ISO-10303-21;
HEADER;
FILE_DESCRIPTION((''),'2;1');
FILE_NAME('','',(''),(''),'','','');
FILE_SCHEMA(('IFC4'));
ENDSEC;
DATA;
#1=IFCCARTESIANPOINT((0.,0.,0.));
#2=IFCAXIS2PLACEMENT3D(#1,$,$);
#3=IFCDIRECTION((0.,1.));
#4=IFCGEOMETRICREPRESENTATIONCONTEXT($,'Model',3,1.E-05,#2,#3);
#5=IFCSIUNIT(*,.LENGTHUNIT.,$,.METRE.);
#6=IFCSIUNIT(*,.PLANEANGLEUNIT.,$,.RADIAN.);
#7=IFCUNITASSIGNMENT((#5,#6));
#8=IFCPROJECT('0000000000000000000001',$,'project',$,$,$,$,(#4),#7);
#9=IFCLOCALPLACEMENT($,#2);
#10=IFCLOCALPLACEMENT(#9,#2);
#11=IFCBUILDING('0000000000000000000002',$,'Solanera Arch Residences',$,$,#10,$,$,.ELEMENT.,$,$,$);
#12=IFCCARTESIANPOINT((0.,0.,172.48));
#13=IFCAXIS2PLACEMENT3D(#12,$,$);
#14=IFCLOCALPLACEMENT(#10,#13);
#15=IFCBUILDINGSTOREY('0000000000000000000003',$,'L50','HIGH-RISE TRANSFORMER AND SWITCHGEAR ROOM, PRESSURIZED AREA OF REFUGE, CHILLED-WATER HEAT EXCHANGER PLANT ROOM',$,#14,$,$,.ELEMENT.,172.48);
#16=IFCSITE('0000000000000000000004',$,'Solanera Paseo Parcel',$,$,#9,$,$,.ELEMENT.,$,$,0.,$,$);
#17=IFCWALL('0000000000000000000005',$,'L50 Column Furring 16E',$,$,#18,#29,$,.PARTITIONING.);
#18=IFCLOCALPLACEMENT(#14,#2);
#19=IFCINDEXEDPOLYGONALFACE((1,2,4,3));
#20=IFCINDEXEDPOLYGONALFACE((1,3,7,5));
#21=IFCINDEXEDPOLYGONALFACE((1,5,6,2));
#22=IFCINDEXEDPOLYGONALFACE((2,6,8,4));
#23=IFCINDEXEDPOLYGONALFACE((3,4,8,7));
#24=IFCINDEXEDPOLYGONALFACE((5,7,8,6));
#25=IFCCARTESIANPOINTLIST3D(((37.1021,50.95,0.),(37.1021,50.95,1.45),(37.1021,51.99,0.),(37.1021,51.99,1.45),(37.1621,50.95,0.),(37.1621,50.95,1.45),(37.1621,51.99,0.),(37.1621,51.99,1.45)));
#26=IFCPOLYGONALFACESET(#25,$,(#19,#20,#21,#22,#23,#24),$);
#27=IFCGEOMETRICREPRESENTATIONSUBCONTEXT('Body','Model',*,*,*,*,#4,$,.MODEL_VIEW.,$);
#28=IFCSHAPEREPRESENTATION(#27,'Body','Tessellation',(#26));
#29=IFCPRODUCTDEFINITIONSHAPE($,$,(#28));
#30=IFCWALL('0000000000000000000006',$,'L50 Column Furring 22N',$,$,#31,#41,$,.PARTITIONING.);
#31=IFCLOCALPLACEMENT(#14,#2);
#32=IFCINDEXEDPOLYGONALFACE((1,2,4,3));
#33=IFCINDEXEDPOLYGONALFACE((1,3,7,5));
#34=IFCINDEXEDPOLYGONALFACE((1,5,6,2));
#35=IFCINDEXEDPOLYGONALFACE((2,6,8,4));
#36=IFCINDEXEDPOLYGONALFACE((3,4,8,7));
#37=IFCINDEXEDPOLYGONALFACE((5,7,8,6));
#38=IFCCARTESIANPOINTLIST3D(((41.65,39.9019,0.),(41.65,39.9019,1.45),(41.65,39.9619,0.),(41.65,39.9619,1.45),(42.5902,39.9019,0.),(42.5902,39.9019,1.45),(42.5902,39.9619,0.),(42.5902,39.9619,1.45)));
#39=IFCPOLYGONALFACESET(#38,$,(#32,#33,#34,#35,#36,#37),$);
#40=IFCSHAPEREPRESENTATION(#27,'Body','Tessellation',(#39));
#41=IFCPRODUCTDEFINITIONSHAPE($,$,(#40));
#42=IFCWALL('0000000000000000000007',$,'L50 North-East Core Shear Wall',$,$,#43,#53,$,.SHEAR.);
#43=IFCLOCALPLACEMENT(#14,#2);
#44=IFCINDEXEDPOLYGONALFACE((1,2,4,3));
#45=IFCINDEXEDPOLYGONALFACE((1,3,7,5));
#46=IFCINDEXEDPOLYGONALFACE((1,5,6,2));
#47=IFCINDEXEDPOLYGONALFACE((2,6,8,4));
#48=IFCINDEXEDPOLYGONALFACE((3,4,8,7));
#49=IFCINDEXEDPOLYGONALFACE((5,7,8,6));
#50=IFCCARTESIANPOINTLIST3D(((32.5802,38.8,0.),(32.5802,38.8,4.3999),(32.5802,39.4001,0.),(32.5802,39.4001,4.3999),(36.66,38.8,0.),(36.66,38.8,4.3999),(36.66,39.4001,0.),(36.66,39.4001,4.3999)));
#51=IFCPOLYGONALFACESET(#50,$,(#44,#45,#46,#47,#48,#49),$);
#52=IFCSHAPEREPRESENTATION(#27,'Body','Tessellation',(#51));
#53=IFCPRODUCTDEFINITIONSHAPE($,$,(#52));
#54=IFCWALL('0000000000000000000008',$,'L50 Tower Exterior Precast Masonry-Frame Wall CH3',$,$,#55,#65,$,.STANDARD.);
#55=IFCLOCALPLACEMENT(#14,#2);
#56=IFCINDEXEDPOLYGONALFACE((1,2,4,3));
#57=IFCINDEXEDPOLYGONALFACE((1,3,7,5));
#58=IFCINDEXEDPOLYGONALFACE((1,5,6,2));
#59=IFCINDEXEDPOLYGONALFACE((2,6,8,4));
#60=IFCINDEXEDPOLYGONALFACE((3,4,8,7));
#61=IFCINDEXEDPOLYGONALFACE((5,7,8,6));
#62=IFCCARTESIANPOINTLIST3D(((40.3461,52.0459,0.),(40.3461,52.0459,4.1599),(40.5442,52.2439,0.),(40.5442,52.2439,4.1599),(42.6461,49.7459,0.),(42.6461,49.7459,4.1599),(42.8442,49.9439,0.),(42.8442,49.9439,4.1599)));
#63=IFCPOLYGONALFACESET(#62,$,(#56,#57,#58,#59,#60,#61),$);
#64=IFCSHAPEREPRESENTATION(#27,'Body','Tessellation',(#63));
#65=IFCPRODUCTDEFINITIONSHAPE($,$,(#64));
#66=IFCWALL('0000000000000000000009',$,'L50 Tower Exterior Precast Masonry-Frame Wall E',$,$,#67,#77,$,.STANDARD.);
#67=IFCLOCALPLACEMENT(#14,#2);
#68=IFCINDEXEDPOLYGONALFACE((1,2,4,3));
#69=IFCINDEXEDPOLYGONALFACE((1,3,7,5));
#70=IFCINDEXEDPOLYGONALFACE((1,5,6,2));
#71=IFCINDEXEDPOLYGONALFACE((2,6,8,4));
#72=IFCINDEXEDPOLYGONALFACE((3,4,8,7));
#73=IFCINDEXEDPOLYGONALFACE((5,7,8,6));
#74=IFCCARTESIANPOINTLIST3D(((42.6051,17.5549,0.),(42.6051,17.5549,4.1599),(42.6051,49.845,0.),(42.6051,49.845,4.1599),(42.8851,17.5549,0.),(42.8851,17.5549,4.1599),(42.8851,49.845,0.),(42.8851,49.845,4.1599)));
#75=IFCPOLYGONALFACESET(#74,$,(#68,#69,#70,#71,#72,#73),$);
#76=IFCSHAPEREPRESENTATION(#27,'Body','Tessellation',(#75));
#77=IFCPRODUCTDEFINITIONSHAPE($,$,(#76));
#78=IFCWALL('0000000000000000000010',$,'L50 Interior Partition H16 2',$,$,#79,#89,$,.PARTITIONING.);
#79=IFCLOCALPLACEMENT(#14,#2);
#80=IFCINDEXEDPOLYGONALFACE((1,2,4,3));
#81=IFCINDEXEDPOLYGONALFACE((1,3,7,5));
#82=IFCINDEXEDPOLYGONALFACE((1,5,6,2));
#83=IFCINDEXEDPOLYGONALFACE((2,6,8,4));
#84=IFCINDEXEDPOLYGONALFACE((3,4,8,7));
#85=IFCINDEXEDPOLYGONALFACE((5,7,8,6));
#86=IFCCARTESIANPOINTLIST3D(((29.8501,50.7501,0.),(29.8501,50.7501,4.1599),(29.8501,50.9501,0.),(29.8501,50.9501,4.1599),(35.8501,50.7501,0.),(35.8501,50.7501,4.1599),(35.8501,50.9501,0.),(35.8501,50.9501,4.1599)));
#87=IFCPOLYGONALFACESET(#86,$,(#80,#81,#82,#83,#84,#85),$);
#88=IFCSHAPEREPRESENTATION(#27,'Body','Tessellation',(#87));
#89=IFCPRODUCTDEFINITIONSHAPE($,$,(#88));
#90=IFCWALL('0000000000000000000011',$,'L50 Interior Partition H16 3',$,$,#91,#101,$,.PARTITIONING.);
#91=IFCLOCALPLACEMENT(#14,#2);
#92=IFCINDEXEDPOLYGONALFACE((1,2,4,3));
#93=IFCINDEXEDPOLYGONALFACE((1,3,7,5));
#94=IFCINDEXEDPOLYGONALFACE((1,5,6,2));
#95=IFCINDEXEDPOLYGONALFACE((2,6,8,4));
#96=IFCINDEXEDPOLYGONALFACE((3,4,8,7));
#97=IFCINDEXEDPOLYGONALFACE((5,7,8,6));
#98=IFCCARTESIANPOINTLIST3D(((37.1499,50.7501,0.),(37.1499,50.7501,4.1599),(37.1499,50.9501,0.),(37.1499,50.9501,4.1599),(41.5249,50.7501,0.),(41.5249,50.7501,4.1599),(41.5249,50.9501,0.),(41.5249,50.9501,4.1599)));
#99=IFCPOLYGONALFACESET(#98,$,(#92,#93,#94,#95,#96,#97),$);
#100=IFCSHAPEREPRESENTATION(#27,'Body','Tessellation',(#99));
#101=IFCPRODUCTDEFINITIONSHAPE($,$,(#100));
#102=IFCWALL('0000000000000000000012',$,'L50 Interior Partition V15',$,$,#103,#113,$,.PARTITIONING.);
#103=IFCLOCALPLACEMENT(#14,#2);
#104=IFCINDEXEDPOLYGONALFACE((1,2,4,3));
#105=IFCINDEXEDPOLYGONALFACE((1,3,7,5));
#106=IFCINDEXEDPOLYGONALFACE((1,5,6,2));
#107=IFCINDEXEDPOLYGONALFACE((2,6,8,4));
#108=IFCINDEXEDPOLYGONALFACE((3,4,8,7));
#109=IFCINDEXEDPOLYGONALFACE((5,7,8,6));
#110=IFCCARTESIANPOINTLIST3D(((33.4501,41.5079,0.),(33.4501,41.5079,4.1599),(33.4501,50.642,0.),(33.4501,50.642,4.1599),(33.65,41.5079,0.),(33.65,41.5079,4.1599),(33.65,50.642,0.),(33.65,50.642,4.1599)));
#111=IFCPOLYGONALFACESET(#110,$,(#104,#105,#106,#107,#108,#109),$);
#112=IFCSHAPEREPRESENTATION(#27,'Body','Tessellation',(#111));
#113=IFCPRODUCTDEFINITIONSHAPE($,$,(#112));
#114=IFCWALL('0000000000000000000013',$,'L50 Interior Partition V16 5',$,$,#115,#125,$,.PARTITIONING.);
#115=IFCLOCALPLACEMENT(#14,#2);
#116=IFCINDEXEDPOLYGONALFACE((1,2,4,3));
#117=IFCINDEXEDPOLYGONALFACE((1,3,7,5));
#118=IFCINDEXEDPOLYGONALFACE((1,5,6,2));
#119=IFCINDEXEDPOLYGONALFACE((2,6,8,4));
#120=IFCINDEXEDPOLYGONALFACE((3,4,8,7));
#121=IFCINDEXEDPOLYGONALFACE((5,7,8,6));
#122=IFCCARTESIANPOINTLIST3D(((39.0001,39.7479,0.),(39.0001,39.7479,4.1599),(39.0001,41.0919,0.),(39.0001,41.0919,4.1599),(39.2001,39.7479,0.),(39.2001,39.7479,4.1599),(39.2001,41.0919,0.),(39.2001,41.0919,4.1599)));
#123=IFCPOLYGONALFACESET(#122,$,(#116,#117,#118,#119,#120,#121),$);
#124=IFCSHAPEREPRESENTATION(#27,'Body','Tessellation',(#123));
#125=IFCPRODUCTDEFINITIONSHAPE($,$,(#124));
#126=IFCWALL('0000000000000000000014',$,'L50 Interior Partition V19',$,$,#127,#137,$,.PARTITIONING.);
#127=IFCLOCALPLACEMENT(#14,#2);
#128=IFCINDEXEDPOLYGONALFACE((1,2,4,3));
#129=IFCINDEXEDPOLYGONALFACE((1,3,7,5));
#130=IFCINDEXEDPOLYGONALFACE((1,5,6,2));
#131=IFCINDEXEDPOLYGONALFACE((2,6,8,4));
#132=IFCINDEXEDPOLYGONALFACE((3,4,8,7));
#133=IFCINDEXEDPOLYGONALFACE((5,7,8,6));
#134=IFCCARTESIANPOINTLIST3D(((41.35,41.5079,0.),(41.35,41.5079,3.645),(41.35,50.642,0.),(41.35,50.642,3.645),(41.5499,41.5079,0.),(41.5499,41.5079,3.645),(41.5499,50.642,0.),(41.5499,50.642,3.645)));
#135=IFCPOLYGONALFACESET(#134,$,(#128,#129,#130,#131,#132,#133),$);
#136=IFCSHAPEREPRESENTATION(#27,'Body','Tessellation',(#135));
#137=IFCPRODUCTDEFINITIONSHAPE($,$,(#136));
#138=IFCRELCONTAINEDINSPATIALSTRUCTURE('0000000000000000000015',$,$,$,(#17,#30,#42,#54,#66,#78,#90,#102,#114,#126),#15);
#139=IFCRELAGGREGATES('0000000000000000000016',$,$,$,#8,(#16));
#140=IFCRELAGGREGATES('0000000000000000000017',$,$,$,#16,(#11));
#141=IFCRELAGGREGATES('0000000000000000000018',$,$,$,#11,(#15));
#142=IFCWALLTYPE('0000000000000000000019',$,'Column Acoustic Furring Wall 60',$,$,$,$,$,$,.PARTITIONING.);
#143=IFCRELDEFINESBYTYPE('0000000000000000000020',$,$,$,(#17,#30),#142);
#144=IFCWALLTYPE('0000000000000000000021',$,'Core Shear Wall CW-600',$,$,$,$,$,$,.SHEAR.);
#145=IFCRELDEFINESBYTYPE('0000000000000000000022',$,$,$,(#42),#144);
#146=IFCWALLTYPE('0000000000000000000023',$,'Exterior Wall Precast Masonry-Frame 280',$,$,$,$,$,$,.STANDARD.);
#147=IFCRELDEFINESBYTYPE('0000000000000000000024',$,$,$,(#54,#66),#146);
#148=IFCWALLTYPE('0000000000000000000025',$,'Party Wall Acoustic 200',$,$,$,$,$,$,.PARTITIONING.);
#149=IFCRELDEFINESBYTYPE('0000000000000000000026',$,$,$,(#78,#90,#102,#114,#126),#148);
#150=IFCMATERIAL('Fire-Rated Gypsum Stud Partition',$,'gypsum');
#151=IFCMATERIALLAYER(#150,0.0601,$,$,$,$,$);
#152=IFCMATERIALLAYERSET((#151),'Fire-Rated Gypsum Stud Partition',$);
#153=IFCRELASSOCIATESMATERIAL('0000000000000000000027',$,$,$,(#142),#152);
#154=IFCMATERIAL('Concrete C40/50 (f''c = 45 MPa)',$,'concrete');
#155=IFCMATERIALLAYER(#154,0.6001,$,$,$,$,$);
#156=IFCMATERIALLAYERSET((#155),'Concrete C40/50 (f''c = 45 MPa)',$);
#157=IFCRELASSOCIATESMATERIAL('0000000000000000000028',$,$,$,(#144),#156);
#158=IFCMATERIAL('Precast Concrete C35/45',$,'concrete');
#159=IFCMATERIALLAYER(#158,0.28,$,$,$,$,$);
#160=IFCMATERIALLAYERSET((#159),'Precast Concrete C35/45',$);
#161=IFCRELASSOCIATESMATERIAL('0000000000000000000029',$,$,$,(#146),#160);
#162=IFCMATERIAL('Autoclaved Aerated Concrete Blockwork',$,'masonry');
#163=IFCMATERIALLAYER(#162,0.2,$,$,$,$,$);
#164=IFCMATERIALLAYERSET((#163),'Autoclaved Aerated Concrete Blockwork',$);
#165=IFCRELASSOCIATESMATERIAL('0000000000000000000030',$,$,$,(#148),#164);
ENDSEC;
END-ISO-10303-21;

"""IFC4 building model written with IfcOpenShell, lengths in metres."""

from ifc_helpers import new_model, si_unit, direction, frame, frame_2d, origin, place, context, subcontext, project, spatial, rectangle, extrude, material, layer, layer_set, type_object, element, save


model = new_model("IFC4")

# Units and contexts
model_context = context("Model", 3, precision=1e-05, world=origin(), true_north=direction((0.0, 1.0)))
body_context = subcontext(model_context, "Body", "Model", "MODEL_VIEW")
ifc_project = project(units=[si_unit("LENGTHUNIT", "METRE"), si_unit("PLANEANGLEUNIT", "RADIAN")], contexts=[model_context])

# Site, building, storey
site_placement = place(None, origin())
site = spatial("IfcSite", under=ifc_project, at=site_placement, Name="Solanera Paseo Parcel", CompositionType="ELEMENT", RefElevation=0.0)
building_placement = place(site_placement, origin())
building = spatial("IfcBuilding", under=site, at=building_placement, Name="Solanera Arch Residences", CompositionType="ELEMENT")
storey_placement = place(building_placement, frame((0.0, 0.0, 172.48)))
storey = spatial("IfcBuildingStorey", under=building, at=storey_placement, Name="L50", Description="HIGH-RISE TRANSFORMER AND SWITCHGEAR ROOM, PRESSURIZED AREA OF REFUGE, CHILLED-WATER HEAT EXCHANGER PLANT ROOM", CompositionType="ELEMENT", Elevation=172.48)

# Walls
ifc_material_1 = material(Name="Fire-Rated Gypsum Stud Partition", Category="gypsum")
ifc_layer_1 = layer(ifc_material_1, 0.0601)
ifc_layer_set_1 = layer_set([ifc_layer_1], Name="Fire-Rated Gypsum Stud Partition")
wall_type_1 = type_object("IfcWallType", Name="Column Acoustic Furring Wall 60", PredefinedType="PARTITIONING", material=ifc_layer_set_1)
for number, where, z_axis, x_axis, name in (
    (1, (37.1321, 50.95, 0.0), (0.0, 0.0, 1.0), (0.0, 1.0, 0.0), "L50 Column Furring 16E"),
):
    element("IfcWall", number, at=place(storey_placement, frame(where, z_axis=z_axis, x_axis=x_axis)), inside=storey, type_object=wall_type_1, Name=name, PredefinedType="PARTITIONING", context=body_context, shape_type="SweptSolid", body=[
        extrude(rectangle(XDim=1.04, YDim=0.0601, at=frame_2d((0.52, 0.0))), origin(), (0.0, 0.0, 1.0), 1.45),
    ])
wall_1_placement = place(storey_placement, frame((41.6499, 39.9319, 0.0), z_axis=(0.0, 0.0, 1.0), x_axis=(1.0, 0.0, 0.0)))
element("IfcWall", 2, at=wall_1_placement, inside=storey, type_object=wall_type_1, Name="L50 Column Furring 22N", PredefinedType="PARTITIONING", context=body_context, shape_type="SweptSolid", body=[
    extrude(rectangle(XDim=0.9402, YDim=0.0601, at=frame_2d((0.4702, 0.0))), origin(), (0.0, 0.0, 1.0), 1.45),
])
ifc_material_2 = material(Name="Concrete C40/50 (f'c = 45 MPa)", Category="concrete")
ifc_layer_2 = layer(ifc_material_2, 0.6001)
ifc_layer_set_2 = layer_set([ifc_layer_2], Name="Concrete C40/50 (f'c = 45 MPa)")
wall_type_2 = type_object("IfcWallType", Name="Core Shear Wall CW-600", PredefinedType="SHEAR", material=ifc_layer_set_2)
wall_2_placement = place(storey_placement, frame((32.5801, 39.1001, 0.0), z_axis=(0.0, 0.0, 1.0), x_axis=(1.0, 0.0, 0.0)))
element("IfcWall", 3, at=wall_2_placement, inside=storey, type_object=wall_type_2, Name="L50 North-East Core Shear Wall", PredefinedType="SHEAR", context=body_context, shape_type="SweptSolid", body=[
    extrude(rectangle(XDim=4.0798, YDim=0.6001, at=frame_2d((2.04, 0.0))), origin(), (0.0, 0.0, 1.0), 4.3999),
])
ifc_material_3 = material(Name="Precast Concrete C35/45", Category="concrete")
ifc_layer_3 = layer(ifc_material_3, 0.28)
ifc_layer_set_3 = layer_set([ifc_layer_3], Name="Precast Concrete C35/45")
wall_type_3 = type_object("IfcWallType", Name="Exterior Wall Precast Masonry-Frame 280", PredefinedType="STANDARD", material=ifc_layer_set_3)
wall_3_placement = place(storey_placement, frame((40.4451, 52.145, 0.0), z_axis=(0.0, 0.0, 1.0), x_axis=(0.707107, -0.707107, 0.0)))
element("IfcWall", 4, at=wall_3_placement, inside=storey, type_object=wall_type_3, Name="L50 Tower Exterior Precast Masonry-Frame Wall CH3", PredefinedType="STANDARD", context=body_context, shape_type="SweptSolid", body=[
    extrude(rectangle(XDim=3.2527, YDim=0.28, at=frame_2d((1.6265, 0.0))), origin(), (0.0, 0.0, 1.0), 4.1599),
])
wall_4_placement = place(storey_placement, frame((42.7451, 49.845, 0.0), z_axis=(0.0, 0.0, 1.0), x_axis=(0.0, -1.0, 0.0)))
element("IfcWall", 5, at=wall_4_placement, inside=storey, type_object=wall_type_3, Name="L50 Tower Exterior Precast Masonry-Frame Wall E", PredefinedType="STANDARD", context=body_context, shape_type="SweptSolid", body=[
    extrude(rectangle(XDim=32.29, YDim=0.28, at=frame_2d((16.145, 0.0))), origin(), (0.0, 0.0, 1.0), 4.1599),
])
ifc_material_4 = material(Name="Autoclaved Aerated Concrete Blockwork", Category="masonry")
ifc_layer_4 = layer(ifc_material_4, 0.2)
ifc_layer_set_4 = layer_set([ifc_layer_4], Name="Autoclaved Aerated Concrete Blockwork")
wall_type_4 = type_object("IfcWallType", Name="Party Wall Acoustic 200", PredefinedType="PARTITIONING", material=ifc_layer_set_4)
wall_5_placement = place(storey_placement, frame((29.8501, 50.8501, 0.0), z_axis=(0.0, 0.0, 1.0), x_axis=(1.0, 0.0, 0.0)))
element("IfcWall", 6, at=wall_5_placement, inside=storey, type_object=wall_type_4, Name="L50 Interior Partition H16 2", PredefinedType="PARTITIONING", context=body_context, shape_type="SweptSolid", body=[
    extrude(rectangle(XDim=6.0, YDim=0.2, at=frame_2d((3.0, 0.0))), origin(), (0.0, 0.0, 1.0), 4.1599),
])
wall_6_placement = place(storey_placement, frame((37.1499, 50.8501, 0.0), z_axis=(0.0, 0.0, 1.0), x_axis=(1.0, 0.0, 0.0)))
element("IfcWall", 7, at=wall_6_placement, inside=storey, type_object=wall_type_4, Name="L50 Interior Partition H16 3", PredefinedType="PARTITIONING", context=body_context, shape_type="SweptSolid", body=[
    extrude(rectangle(XDim=4.375, YDim=0.2, at=frame_2d((2.1875, 0.0))), origin(), (0.0, 0.0, 1.0), 4.1599),
])
wall_7_placement = place(storey_placement, frame((33.55, 41.5081, 0.0), z_axis=(0.0, 0.0, 1.0), x_axis=(0.0, 1.0, 0.0)))
element("IfcWall", 8, at=wall_7_placement, inside=storey, type_object=wall_type_4, Name="L50 Interior Partition V15", PredefinedType="PARTITIONING", context=body_context, shape_type="SweptSolid", body=[
    extrude(rectangle(XDim=9.134, YDim=0.2, at=frame_2d((4.5669, 0.0))), origin(), (0.0, 0.0, 1.0), 4.1599),
])
wall_8_placement = place(storey_placement, frame((39.1001, 39.748, 0.0), z_axis=(0.0, 0.0, 1.0), x_axis=(0.0, 1.0, 0.0)))
element("IfcWall", 9, at=wall_8_placement, inside=storey, type_object=wall_type_4, Name="L50 Interior Partition V16 5", PredefinedType="PARTITIONING", context=body_context, shape_type="SweptSolid", body=[
    extrude(rectangle(XDim=1.344, YDim=0.2, at=frame_2d((0.6719, 0.0))), origin(), (0.0, 0.0, 1.0), 4.1599),
])
wall_9_placement = place(storey_placement, frame((41.45, 41.5081, 0.0), z_axis=(0.0, 0.0, 1.0), x_axis=(0.0, 1.0, 0.0)))
element("IfcWall", 10, at=wall_9_placement, inside=storey, type_object=wall_type_4, Name="L50 Interior Partition V19", PredefinedType="PARTITIONING", context=body_context, shape_type="SweptSolid", body=[
    extrude(rectangle(XDim=9.134, YDim=0.2, at=frame_2d((4.5669, 0.0))), origin(), (0.0, 0.0, 1.0), 3.645),
])

save(model, "model.ifc")
